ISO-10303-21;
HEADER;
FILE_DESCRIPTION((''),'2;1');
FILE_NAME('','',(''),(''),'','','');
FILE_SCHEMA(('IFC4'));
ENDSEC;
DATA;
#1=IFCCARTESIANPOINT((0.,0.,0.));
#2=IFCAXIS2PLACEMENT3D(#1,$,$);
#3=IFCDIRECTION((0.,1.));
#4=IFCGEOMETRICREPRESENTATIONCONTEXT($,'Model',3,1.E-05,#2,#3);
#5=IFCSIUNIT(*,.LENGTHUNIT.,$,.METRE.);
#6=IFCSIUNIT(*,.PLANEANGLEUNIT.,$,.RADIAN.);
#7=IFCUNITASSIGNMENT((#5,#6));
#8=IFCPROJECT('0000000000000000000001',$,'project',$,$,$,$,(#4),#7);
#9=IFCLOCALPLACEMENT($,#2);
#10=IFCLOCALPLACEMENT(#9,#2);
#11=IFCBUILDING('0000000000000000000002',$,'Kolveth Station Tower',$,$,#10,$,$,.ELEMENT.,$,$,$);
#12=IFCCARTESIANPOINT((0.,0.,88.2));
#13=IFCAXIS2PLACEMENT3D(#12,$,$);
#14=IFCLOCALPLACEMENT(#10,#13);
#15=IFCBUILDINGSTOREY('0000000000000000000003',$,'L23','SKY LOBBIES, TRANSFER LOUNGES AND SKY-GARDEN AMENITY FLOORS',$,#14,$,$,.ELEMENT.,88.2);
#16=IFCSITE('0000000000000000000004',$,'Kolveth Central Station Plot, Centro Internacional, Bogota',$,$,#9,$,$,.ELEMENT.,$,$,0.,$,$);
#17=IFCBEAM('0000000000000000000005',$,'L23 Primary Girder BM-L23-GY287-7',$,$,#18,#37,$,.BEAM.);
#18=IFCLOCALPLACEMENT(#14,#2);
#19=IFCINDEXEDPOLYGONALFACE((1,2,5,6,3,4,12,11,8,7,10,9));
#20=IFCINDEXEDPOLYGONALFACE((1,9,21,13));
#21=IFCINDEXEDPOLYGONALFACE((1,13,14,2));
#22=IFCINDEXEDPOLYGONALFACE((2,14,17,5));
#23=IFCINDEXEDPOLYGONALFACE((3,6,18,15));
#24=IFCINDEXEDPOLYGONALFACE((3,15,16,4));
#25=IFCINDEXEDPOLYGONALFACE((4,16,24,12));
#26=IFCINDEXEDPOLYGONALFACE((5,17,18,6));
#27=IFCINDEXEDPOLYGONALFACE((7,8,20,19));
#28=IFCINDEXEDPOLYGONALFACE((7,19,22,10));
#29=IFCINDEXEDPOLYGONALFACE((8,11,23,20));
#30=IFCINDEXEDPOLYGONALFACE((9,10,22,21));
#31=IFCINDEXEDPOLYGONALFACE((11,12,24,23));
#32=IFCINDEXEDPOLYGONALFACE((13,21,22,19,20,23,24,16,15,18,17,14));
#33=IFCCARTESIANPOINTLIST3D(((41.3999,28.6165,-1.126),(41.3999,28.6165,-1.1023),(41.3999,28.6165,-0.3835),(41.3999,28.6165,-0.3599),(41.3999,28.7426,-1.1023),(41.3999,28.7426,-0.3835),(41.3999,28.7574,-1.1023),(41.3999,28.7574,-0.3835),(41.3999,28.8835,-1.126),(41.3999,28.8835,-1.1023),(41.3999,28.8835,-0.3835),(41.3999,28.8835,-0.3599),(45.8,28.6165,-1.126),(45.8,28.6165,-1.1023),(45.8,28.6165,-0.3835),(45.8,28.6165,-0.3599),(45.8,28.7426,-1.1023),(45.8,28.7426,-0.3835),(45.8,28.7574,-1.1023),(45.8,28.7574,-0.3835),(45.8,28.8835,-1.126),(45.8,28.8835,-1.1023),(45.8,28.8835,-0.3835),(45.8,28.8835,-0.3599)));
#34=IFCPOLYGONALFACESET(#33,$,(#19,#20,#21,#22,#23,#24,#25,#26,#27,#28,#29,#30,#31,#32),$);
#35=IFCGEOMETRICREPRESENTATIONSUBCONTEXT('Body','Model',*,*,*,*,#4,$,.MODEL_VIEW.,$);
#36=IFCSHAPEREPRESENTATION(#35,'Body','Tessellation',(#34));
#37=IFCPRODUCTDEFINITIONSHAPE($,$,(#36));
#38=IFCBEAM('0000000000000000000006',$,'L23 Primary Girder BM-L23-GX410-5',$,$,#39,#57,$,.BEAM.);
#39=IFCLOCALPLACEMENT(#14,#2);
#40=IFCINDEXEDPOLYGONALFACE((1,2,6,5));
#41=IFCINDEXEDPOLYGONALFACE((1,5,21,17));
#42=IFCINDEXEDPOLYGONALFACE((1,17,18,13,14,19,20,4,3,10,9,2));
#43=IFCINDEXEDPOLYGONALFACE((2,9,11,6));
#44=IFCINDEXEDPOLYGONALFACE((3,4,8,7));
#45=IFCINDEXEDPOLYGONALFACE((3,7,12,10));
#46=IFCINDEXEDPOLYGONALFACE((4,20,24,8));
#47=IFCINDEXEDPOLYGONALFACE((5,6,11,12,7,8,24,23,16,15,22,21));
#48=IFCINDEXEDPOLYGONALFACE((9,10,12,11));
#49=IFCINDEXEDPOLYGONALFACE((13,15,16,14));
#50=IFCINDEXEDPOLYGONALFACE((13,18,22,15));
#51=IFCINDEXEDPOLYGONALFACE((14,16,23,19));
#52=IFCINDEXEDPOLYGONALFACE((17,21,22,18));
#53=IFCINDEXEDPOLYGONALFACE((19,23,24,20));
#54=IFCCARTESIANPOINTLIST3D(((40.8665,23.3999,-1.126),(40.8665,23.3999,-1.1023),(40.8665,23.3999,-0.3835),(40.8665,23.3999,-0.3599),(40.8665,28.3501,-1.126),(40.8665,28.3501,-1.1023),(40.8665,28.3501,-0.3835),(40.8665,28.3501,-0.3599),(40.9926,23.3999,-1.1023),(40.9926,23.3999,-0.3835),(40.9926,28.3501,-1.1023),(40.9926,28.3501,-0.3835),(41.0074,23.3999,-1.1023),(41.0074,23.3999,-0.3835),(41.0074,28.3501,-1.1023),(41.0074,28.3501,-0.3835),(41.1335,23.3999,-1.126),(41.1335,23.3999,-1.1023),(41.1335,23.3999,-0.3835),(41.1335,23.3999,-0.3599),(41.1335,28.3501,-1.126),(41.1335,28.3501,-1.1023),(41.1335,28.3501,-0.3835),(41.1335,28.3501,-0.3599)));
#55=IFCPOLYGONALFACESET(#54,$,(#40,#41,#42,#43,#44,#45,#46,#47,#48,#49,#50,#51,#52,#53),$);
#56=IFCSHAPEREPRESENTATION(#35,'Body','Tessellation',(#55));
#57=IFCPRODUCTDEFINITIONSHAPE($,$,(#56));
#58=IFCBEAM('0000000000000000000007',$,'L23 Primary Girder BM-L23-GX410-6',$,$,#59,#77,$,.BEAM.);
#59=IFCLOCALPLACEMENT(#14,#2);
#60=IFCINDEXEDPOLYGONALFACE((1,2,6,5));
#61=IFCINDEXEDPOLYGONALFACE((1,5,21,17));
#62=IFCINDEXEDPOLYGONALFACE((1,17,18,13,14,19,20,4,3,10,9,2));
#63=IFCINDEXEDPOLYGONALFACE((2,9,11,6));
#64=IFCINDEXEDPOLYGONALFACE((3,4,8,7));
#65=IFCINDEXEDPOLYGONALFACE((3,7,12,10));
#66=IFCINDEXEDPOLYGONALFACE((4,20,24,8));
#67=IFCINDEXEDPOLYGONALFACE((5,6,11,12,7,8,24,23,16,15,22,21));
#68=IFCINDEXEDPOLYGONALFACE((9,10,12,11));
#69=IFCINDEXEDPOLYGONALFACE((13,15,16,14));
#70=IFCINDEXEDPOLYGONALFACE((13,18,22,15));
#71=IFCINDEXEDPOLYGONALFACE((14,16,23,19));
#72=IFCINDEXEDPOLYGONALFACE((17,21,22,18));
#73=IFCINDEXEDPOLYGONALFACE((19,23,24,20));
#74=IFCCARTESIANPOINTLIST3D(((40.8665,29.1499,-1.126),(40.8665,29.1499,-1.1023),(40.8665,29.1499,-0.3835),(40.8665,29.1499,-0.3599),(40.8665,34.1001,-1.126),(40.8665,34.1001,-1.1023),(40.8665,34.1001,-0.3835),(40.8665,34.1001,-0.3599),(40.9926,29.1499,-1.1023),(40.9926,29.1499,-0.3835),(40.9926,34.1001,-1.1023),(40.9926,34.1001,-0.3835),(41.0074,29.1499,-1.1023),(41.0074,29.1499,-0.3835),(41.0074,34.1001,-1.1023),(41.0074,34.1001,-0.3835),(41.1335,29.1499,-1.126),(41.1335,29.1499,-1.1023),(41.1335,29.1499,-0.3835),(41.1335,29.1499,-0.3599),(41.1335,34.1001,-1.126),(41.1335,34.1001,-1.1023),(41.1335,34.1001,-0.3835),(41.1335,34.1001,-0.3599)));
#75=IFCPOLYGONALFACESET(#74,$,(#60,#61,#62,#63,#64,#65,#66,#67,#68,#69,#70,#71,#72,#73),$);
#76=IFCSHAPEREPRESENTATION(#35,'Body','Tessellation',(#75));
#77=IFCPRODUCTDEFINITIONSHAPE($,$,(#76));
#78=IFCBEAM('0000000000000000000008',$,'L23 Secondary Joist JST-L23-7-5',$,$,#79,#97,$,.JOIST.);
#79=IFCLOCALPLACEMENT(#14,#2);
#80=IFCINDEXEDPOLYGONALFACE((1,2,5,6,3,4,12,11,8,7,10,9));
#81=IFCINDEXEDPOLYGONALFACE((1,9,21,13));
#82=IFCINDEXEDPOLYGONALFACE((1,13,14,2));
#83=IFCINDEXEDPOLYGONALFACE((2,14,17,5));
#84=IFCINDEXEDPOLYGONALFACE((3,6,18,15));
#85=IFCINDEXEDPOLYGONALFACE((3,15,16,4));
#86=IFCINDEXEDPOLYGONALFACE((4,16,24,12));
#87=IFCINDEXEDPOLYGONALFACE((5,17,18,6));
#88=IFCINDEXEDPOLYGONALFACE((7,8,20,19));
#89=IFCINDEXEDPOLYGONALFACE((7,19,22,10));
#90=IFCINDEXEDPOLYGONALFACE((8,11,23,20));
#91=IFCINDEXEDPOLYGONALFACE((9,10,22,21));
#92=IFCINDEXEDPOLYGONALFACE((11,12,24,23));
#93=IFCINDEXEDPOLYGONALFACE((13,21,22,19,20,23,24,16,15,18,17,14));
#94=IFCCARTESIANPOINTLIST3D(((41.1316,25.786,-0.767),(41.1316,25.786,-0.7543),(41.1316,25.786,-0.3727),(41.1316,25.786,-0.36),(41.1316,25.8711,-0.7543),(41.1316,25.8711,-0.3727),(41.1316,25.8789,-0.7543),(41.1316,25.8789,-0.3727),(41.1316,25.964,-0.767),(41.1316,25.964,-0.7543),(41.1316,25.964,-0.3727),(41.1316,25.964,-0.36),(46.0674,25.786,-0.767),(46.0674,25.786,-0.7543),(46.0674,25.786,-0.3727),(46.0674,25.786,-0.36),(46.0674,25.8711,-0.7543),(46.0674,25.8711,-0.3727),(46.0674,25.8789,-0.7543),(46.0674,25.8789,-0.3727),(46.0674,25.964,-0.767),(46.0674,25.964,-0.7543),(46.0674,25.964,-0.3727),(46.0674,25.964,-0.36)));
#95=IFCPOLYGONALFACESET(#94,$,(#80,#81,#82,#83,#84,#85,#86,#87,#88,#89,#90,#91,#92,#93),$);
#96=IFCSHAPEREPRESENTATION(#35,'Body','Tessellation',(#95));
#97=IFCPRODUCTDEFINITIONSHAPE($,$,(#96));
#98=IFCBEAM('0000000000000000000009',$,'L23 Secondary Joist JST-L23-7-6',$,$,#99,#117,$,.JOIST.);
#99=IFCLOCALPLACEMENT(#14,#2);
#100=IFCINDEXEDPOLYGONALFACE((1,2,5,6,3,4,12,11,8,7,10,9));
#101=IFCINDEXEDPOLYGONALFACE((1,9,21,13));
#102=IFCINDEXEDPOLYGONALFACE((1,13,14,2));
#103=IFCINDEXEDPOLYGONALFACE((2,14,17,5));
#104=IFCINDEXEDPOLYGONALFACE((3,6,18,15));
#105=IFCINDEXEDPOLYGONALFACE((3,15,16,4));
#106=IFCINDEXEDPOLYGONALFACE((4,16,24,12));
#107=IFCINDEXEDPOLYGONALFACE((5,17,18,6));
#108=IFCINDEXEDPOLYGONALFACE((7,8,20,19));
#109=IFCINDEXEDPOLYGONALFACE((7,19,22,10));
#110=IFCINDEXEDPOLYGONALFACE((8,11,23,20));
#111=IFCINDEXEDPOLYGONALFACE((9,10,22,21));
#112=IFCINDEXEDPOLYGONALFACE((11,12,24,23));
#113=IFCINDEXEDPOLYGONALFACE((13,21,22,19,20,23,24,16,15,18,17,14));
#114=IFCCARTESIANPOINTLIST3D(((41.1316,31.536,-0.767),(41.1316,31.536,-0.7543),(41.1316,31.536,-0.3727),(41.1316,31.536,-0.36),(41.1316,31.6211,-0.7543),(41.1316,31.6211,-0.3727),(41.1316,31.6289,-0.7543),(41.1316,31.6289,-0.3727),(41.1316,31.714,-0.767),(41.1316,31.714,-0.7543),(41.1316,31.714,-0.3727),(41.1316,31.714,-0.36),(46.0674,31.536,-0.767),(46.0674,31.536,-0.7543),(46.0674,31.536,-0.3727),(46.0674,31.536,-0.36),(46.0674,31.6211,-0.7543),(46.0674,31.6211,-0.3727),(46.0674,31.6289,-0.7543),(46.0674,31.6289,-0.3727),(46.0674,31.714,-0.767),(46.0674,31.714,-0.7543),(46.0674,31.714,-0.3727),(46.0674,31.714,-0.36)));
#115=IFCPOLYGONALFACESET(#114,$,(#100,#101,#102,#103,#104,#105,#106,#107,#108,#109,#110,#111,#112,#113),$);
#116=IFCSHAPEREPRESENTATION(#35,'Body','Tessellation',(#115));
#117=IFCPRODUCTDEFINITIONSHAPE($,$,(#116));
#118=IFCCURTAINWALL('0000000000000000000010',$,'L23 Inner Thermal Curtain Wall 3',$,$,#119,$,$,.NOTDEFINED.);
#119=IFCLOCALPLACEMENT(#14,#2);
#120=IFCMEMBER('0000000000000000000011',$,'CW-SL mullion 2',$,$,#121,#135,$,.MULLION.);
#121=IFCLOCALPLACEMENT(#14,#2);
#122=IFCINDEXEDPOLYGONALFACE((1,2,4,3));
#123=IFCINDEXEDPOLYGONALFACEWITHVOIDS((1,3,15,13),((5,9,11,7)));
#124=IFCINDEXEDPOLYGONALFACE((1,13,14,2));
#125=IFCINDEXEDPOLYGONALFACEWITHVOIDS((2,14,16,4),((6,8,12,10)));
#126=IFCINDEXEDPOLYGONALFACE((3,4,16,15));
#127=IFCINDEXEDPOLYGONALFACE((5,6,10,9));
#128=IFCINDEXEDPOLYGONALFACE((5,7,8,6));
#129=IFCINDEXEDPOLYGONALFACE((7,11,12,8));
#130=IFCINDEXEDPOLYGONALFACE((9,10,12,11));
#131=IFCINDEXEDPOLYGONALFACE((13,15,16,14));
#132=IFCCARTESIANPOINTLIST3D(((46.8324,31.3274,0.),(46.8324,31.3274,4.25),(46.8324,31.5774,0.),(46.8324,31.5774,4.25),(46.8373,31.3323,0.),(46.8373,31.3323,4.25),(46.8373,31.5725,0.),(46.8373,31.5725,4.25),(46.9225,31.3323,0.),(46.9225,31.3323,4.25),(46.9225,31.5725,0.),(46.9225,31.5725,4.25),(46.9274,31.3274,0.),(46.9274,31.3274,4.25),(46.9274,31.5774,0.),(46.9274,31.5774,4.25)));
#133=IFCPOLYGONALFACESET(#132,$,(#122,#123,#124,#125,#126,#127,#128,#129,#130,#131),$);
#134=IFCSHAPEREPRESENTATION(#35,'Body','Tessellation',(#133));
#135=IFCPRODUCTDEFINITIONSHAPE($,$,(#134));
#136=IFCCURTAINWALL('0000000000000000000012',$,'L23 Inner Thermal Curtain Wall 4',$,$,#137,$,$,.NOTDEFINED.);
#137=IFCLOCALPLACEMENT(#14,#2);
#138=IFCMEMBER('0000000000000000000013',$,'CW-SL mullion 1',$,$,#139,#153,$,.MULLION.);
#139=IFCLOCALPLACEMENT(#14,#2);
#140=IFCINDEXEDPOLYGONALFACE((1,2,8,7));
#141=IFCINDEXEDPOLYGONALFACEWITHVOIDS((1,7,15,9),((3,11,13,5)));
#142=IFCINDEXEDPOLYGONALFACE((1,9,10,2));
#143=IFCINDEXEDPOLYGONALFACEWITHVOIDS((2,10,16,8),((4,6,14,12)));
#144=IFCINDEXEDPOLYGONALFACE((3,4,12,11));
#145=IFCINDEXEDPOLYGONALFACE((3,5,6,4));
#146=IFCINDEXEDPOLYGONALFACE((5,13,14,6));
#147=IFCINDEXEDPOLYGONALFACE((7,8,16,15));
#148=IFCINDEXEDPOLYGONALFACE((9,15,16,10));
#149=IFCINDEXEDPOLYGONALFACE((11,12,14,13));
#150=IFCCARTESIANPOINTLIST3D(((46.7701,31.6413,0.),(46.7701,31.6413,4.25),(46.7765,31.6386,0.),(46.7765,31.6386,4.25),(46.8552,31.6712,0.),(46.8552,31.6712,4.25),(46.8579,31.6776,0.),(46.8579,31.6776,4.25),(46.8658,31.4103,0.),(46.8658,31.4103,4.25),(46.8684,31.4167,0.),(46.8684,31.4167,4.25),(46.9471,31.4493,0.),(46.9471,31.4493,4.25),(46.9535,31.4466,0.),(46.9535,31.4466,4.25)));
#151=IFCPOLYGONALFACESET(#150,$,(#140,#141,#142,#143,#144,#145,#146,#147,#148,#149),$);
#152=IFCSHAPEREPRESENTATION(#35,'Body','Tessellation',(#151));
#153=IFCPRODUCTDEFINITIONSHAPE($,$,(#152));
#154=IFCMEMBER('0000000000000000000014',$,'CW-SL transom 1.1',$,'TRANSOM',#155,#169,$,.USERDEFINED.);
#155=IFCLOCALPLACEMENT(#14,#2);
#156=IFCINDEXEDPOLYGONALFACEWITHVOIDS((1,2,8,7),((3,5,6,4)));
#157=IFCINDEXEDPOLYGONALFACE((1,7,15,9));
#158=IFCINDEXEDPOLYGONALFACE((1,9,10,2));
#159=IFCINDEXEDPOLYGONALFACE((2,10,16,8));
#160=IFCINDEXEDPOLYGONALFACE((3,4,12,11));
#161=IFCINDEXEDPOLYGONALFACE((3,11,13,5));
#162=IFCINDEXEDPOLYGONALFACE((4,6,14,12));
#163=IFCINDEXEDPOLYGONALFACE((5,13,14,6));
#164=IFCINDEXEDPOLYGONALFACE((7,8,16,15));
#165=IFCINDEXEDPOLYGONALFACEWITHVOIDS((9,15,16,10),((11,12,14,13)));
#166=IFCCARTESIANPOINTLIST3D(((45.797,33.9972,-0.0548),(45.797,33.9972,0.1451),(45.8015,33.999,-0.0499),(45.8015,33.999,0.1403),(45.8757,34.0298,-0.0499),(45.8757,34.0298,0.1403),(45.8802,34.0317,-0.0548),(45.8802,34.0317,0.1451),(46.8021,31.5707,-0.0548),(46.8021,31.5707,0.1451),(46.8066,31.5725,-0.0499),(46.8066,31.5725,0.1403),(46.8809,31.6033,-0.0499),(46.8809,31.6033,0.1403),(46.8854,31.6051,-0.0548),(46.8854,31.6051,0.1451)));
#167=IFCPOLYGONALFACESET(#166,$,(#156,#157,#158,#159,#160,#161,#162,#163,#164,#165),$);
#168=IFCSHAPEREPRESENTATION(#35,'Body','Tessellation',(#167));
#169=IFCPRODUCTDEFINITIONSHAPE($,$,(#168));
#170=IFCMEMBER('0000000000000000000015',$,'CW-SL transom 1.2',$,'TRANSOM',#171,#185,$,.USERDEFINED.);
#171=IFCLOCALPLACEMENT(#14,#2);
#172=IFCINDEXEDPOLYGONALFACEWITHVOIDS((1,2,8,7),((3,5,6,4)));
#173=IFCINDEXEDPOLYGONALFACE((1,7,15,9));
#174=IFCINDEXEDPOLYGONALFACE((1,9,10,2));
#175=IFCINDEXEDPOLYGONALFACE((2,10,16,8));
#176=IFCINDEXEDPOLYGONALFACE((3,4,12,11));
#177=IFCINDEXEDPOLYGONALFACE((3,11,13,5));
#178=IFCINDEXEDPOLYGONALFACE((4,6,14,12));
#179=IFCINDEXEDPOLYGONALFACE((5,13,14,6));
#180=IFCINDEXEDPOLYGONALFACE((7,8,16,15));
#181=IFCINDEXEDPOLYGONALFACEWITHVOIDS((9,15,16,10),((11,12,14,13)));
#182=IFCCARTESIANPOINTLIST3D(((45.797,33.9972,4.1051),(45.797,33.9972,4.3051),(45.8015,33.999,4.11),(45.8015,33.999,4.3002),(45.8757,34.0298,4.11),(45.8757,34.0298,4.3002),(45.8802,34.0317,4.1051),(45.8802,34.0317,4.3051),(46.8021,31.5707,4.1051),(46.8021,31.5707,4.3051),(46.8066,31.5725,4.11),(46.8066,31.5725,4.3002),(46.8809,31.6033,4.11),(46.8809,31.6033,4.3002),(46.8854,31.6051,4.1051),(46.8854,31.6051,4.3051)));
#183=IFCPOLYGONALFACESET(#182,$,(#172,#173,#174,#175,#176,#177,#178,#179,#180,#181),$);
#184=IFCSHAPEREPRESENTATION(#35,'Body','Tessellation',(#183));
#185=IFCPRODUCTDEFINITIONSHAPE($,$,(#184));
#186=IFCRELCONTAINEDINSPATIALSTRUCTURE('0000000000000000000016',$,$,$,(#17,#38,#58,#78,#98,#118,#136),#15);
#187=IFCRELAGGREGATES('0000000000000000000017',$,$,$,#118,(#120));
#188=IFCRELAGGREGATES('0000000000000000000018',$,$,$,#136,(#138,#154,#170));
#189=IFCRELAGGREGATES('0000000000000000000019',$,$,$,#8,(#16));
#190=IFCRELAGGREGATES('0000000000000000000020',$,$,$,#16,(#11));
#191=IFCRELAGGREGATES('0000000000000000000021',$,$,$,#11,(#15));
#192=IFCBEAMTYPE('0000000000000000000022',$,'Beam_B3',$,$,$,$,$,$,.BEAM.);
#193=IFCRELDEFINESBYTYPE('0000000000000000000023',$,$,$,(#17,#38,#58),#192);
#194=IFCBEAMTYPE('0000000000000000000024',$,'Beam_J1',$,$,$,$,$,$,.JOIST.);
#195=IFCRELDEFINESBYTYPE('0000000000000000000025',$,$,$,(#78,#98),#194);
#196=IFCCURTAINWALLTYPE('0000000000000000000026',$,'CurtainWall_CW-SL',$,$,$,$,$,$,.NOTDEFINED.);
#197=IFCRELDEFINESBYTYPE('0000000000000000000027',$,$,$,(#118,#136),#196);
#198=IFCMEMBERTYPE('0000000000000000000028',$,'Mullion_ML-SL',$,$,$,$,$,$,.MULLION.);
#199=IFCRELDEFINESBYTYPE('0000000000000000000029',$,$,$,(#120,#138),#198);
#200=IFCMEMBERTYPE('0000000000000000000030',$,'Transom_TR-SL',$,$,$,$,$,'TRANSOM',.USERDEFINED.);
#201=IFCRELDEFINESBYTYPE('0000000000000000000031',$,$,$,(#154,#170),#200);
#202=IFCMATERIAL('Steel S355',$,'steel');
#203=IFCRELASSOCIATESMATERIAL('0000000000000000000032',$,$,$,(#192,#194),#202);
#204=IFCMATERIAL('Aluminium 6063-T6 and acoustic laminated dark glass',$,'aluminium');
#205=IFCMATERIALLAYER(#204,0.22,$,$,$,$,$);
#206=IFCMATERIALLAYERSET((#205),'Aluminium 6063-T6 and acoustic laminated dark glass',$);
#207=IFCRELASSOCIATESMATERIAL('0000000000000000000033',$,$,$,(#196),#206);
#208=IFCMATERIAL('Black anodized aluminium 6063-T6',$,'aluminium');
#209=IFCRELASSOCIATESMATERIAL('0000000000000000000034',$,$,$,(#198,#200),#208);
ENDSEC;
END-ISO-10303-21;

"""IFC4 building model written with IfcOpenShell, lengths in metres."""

from ifc_helpers import new_model, si_unit, direction, frame, origin, origin_2d, place, context, subcontext, project, spatial, hollow_rectangle, i_section, extrude, source, transform, mapped, material, layer, layer_set, material_profile, profile_set, type_object, element, aggregate, save


model = new_model("IFC4")

# Units and contexts
model_context = context("Model", 3, precision=1e-05, world=origin(), true_north=direction((0.0, 1.0)))
body_context = subcontext(model_context, "Body", "Model", "MODEL_VIEW")
ifc_project = project(units=[si_unit("LENGTHUNIT", "METRE"), si_unit("PLANEANGLEUNIT", "RADIAN")], contexts=[model_context])

# Site, building, storey
site_placement = place(None, origin())
site = spatial("IfcSite", under=ifc_project, at=site_placement, Name="Kolveth Central Station Plot, Centro Internacional, Bogota", CompositionType="ELEMENT", RefElevation=0.0)
building_placement = place(site_placement, origin())
building = spatial("IfcBuilding", under=site, at=building_placement, Name="Kolveth Station Tower", CompositionType="ELEMENT")
storey_placement = place(building_placement, frame((0.0, 0.0, 88.2)))
storey = spatial("IfcBuildingStorey", under=building, at=storey_placement, Name="L23", Description="SKY LOBBIES, TRANSFER LOUNGES AND SKY-GARDEN AMENITY FLOORS", CompositionType="ELEMENT", Elevation=88.2)

# Beams
ifc_material_1 = material(Name="Steel S355", Category="steel")
ifc_material_profile_1 = material_profile(ifc_material_1, i_section(OverallWidth=0.2671, OverallDepth=0.7661, WebThickness=0.0149, FlangeThickness=0.0237, at=origin_2d()), Name="W760x185")
ifc_profile_set_1 = profile_set([ifc_material_profile_1], Name="Steel S355")
beam_type_1 = type_object("IfcBeamType", Name="Beam_B3", PredefinedType="BEAM", material=ifc_profile_set_1)
shared_shape_1 = source(origin(), body_context, "Body", "SweptSolid", [
    extrude(i_section(OverallWidth=0.2671, OverallDepth=0.7661, WebThickness=0.0149, FlangeThickness=0.0237, at=origin_2d()), origin(), (0.0, 0.0, 1.0), 4.4001),
])
for number, where, z_axis, x_axis, name in (
    (1, (41.3999, 28.75, -0.7429), (1.0, 0.0, 0.0), (0.0, 1.0, 0.0), "L23 Primary Girder BM-L23-GY287-7"),
):
    element("IfcBeam", number, at=place(storey_placement, frame(where, z_axis=z_axis, x_axis=x_axis)), inside=storey, type_object=beam_type_1, Name=name, PredefinedType="BEAM", context=body_context, shape_type="MappedRepresentation", body=[
        mapped(shared_shape_1, transform((0.0, 0.0, 0.0), x_axis=(1.0, 0.0, 0.0), y_axis=(0.0, 1.0, 0.0), z_axis=(0.0, 0.0, 1.0), scale=1.0)),
    ])
shared_shape_2 = source(origin(), body_context, "Body", "SweptSolid", [
    extrude(i_section(OverallWidth=0.2671, OverallDepth=0.7661, WebThickness=0.0149, FlangeThickness=0.0237, at=origin_2d()), origin(), (0.0, 0.0, 1.0), 4.9502),
])
for number, where, z_axis, x_axis, name in (
    (2, (41.0, 23.3999, -0.7429), (0.0, 1.0, 0.0), (-1.0, 0.0, 0.0), "L23 Primary Girder BM-L23-GX410-5"),
    (3, (41.0, 29.1499, -0.7429), (0.0, 1.0, 0.0), (-1.0, 0.0, 0.0), "L23 Primary Girder BM-L23-GX410-6"),
):
    element("IfcBeam", number, at=place(storey_placement, frame(where, z_axis=z_axis, x_axis=x_axis)), inside=storey, type_object=beam_type_1, Name=name, PredefinedType="BEAM", context=body_context, shape_type="MappedRepresentation", body=[
        mapped(shared_shape_2, transform((0.0, 0.0, 0.0), x_axis=(1.0, 0.0, 0.0), y_axis=(0.0, 1.0, 0.0), z_axis=(0.0, 0.0, 1.0), scale=1.0)),
    ])
ifc_material_profile_2 = material_profile(ifc_material_1, i_section(OverallWidth=0.178, OverallDepth=0.407, WebThickness=0.0078, FlangeThickness=0.0127, at=origin_2d()), Name="W410x60")
ifc_profile_set_2 = profile_set([ifc_material_profile_2], Name="Steel S355")
beam_type_2 = type_object("IfcBeamType", Name="Beam_J1", PredefinedType="JOIST", material=ifc_profile_set_2)
shared_shape_3 = source(origin(), body_context, "Body", "SweptSolid", [
    extrude(i_section(OverallWidth=0.178, OverallDepth=0.407, WebThickness=0.0078, FlangeThickness=0.0127, at=origin_2d()), origin(), (0.0, 0.0, 1.0), 4.9358),
])
for number, where, z_axis, x_axis, name in (
    (4, (41.1316, 25.875, -0.5635), (1.0, 0.0, 0.0), (0.0, 1.0, 0.0), "L23 Secondary Joist JST-L23-7-5"),
    (5, (41.1316, 31.625, -0.5635), (1.0, 0.0, 0.0), (0.0, 1.0, 0.0), "L23 Secondary Joist JST-L23-7-6"),
):
    element("IfcBeam", number, at=place(storey_placement, frame(where, z_axis=z_axis, x_axis=x_axis)), inside=storey, type_object=beam_type_2, Name=name, PredefinedType="JOIST", context=body_context, shape_type="MappedRepresentation", body=[
        mapped(shared_shape_3, transform((0.0, 0.0, 0.0), x_axis=(1.0, 0.0, 0.0), y_axis=(0.0, 1.0, 0.0), z_axis=(0.0, 0.0, 1.0), scale=1.0)),
    ])

# Curtain wall, member
ifc_material_2 = material(Name="Aluminium 6063-T6 and acoustic laminated dark glass", Category="aluminium")
ifc_layer_1 = layer(ifc_material_2, 0.22)
ifc_layer_set_1 = layer_set([ifc_layer_1], Name="Aluminium 6063-T6 and acoustic laminated dark glass")
curtain_wall_type_1 = type_object("IfcCurtainWallType", Name="CurtainWall_CW-SL", PredefinedType="NOTDEFINED", material=ifc_layer_set_1)
curtain_wall_1_placement = place(storey_placement, origin())
curtain_wall_1 = element("IfcCurtainWall", 6, at=curtain_wall_1_placement, inside=storey, type_object=curtain_wall_type_1, Name="L23 Inner Thermal Curtain Wall 3", PredefinedType="NOTDEFINED")
ifc_material_3 = material(Name="Black anodized aluminium 6063-T6", Category="aluminium")
ifc_material_profile_3 = material_profile(ifc_material_3, hollow_rectangle(XDim=0.095, YDim=0.25, WallThickness=0.0049, at=origin_2d()), Name="ALU-95x250x5")
ifc_profile_set_3 = profile_set([ifc_material_profile_3], Name="Black anodized aluminium 6063-T6")
member_type_1 = type_object("IfcMemberType", Name="Mullion_ML-SL", PredefinedType="MULLION", material=ifc_profile_set_3)
shared_shape_4 = source(origin(), body_context, "Body", "SweptSolid", [
    extrude(hollow_rectangle(XDim=0.095, YDim=0.25, WallThickness=0.0049, at=origin_2d()), origin(), (0.0, 0.0, 1.0), 4.25),
])
member_1_placement = place(storey_placement, frame((46.8799, 31.4524, 0.0), z_axis=(0.0, 0.0, 1.0), x_axis=(-1.0, 0.0, 0.0)))
member_1 = element("IfcMember", 7, at=member_1_placement, type_object=member_type_1, Name="CW-SL mullion 2", PredefinedType="MULLION", context=body_context, shape_type="MappedRepresentation", body=[
    mapped(shared_shape_4, transform((0.0, 0.0, 0.0), x_axis=(1.0, 0.0, 0.0), y_axis=(0.0, 1.0, 0.0), z_axis=(0.0, 0.0, 1.0), scale=1.0)),
])
aggregate(curtain_wall_1, [member_1])

# Curtain wall, members
curtain_wall_2_placement = place(storey_placement, origin())
curtain_wall_2 = element("IfcCurtainWall", 8, at=curtain_wall_2_placement, inside=storey, type_object=curtain_wall_type_1, Name="L23 Inner Thermal Curtain Wall 4", PredefinedType="NOTDEFINED")
member_2_placement = place(storey_placement, frame((46.8618, 31.5439, 0.0), z_axis=(0.0, 0.0, 1.0), x_axis=(-0.923888, -0.382663, 0.0)))
member_2 = element("IfcMember", 9, at=member_2_placement, type_object=member_type_1, Name="CW-SL mullion 1", PredefinedType="MULLION", context=body_context, shape_type="MappedRepresentation", body=[
    mapped(shared_shape_4, transform((0.0, 0.0, 0.0), x_axis=(1.0, 0.0, 0.0), y_axis=(0.0, 1.0, 0.0), z_axis=(0.0, 0.0, 1.0), scale=1.0)),
])
ifc_material_profile_4 = material_profile(ifc_material_3, hollow_rectangle(XDim=0.0901, YDim=0.2, WallThickness=0.0049, at=origin_2d()), Name="ALU-90x200x5")
ifc_profile_set_4 = profile_set([ifc_material_profile_4], Name="Black anodized aluminium 6063-T6")
member_type_2 = type_object("IfcMemberType", Name="Transom_TR-SL", ElementType="TRANSOM", PredefinedType="USERDEFINED", material=ifc_profile_set_4)
shared_shape_5 = source(origin(), body_context, "Body", "SweptSolid", [
    extrude(hollow_rectangle(XDim=0.0901, YDim=0.2, WallThickness=0.0049, at=origin_2d()), origin(), (0.0, 0.0, 1.0), 2.6265),
])
member_3_placement = place(storey_placement, frame((46.8438, 31.5879, 0.0452), z_axis=(-0.382694, 0.923875, 0.0), x_axis=(-0.923875, -0.382694, 0.0)))
member_3 = element("IfcMember", 10, at=member_3_placement, type_object=member_type_2, Name="CW-SL transom 1.1", ObjectType="TRANSOM", PredefinedType="USERDEFINED", context=body_context, shape_type="MappedRepresentation", body=[
    mapped(shared_shape_5, transform((0.0, 0.0, 0.0), x_axis=(1.0, 0.0, 0.0), y_axis=(0.0, 1.0, 0.0), z_axis=(0.0, 0.0, 1.0), scale=1.0)),
])
member_4_placement = place(storey_placement, frame((46.8438, 31.5879, 4.2051), z_axis=(-0.382694, 0.923875, 0.0), x_axis=(-0.923875, -0.382694, 0.0)))
member_4 = element("IfcMember", 11, at=member_4_placement, type_object=member_type_2, Name="CW-SL transom 1.2", ObjectType="TRANSOM", PredefinedType="USERDEFINED", context=body_context, shape_type="MappedRepresentation", body=[
    mapped(shared_shape_5, transform((0.0, 0.0, 0.0), x_axis=(1.0, 0.0, 0.0), y_axis=(0.0, 1.0, 0.0), z_axis=(0.0, 0.0, 1.0), scale=1.0)),
])
aggregate(curtain_wall_2, [member_2, member_3, member_4])

save(model, "model.ifc")
